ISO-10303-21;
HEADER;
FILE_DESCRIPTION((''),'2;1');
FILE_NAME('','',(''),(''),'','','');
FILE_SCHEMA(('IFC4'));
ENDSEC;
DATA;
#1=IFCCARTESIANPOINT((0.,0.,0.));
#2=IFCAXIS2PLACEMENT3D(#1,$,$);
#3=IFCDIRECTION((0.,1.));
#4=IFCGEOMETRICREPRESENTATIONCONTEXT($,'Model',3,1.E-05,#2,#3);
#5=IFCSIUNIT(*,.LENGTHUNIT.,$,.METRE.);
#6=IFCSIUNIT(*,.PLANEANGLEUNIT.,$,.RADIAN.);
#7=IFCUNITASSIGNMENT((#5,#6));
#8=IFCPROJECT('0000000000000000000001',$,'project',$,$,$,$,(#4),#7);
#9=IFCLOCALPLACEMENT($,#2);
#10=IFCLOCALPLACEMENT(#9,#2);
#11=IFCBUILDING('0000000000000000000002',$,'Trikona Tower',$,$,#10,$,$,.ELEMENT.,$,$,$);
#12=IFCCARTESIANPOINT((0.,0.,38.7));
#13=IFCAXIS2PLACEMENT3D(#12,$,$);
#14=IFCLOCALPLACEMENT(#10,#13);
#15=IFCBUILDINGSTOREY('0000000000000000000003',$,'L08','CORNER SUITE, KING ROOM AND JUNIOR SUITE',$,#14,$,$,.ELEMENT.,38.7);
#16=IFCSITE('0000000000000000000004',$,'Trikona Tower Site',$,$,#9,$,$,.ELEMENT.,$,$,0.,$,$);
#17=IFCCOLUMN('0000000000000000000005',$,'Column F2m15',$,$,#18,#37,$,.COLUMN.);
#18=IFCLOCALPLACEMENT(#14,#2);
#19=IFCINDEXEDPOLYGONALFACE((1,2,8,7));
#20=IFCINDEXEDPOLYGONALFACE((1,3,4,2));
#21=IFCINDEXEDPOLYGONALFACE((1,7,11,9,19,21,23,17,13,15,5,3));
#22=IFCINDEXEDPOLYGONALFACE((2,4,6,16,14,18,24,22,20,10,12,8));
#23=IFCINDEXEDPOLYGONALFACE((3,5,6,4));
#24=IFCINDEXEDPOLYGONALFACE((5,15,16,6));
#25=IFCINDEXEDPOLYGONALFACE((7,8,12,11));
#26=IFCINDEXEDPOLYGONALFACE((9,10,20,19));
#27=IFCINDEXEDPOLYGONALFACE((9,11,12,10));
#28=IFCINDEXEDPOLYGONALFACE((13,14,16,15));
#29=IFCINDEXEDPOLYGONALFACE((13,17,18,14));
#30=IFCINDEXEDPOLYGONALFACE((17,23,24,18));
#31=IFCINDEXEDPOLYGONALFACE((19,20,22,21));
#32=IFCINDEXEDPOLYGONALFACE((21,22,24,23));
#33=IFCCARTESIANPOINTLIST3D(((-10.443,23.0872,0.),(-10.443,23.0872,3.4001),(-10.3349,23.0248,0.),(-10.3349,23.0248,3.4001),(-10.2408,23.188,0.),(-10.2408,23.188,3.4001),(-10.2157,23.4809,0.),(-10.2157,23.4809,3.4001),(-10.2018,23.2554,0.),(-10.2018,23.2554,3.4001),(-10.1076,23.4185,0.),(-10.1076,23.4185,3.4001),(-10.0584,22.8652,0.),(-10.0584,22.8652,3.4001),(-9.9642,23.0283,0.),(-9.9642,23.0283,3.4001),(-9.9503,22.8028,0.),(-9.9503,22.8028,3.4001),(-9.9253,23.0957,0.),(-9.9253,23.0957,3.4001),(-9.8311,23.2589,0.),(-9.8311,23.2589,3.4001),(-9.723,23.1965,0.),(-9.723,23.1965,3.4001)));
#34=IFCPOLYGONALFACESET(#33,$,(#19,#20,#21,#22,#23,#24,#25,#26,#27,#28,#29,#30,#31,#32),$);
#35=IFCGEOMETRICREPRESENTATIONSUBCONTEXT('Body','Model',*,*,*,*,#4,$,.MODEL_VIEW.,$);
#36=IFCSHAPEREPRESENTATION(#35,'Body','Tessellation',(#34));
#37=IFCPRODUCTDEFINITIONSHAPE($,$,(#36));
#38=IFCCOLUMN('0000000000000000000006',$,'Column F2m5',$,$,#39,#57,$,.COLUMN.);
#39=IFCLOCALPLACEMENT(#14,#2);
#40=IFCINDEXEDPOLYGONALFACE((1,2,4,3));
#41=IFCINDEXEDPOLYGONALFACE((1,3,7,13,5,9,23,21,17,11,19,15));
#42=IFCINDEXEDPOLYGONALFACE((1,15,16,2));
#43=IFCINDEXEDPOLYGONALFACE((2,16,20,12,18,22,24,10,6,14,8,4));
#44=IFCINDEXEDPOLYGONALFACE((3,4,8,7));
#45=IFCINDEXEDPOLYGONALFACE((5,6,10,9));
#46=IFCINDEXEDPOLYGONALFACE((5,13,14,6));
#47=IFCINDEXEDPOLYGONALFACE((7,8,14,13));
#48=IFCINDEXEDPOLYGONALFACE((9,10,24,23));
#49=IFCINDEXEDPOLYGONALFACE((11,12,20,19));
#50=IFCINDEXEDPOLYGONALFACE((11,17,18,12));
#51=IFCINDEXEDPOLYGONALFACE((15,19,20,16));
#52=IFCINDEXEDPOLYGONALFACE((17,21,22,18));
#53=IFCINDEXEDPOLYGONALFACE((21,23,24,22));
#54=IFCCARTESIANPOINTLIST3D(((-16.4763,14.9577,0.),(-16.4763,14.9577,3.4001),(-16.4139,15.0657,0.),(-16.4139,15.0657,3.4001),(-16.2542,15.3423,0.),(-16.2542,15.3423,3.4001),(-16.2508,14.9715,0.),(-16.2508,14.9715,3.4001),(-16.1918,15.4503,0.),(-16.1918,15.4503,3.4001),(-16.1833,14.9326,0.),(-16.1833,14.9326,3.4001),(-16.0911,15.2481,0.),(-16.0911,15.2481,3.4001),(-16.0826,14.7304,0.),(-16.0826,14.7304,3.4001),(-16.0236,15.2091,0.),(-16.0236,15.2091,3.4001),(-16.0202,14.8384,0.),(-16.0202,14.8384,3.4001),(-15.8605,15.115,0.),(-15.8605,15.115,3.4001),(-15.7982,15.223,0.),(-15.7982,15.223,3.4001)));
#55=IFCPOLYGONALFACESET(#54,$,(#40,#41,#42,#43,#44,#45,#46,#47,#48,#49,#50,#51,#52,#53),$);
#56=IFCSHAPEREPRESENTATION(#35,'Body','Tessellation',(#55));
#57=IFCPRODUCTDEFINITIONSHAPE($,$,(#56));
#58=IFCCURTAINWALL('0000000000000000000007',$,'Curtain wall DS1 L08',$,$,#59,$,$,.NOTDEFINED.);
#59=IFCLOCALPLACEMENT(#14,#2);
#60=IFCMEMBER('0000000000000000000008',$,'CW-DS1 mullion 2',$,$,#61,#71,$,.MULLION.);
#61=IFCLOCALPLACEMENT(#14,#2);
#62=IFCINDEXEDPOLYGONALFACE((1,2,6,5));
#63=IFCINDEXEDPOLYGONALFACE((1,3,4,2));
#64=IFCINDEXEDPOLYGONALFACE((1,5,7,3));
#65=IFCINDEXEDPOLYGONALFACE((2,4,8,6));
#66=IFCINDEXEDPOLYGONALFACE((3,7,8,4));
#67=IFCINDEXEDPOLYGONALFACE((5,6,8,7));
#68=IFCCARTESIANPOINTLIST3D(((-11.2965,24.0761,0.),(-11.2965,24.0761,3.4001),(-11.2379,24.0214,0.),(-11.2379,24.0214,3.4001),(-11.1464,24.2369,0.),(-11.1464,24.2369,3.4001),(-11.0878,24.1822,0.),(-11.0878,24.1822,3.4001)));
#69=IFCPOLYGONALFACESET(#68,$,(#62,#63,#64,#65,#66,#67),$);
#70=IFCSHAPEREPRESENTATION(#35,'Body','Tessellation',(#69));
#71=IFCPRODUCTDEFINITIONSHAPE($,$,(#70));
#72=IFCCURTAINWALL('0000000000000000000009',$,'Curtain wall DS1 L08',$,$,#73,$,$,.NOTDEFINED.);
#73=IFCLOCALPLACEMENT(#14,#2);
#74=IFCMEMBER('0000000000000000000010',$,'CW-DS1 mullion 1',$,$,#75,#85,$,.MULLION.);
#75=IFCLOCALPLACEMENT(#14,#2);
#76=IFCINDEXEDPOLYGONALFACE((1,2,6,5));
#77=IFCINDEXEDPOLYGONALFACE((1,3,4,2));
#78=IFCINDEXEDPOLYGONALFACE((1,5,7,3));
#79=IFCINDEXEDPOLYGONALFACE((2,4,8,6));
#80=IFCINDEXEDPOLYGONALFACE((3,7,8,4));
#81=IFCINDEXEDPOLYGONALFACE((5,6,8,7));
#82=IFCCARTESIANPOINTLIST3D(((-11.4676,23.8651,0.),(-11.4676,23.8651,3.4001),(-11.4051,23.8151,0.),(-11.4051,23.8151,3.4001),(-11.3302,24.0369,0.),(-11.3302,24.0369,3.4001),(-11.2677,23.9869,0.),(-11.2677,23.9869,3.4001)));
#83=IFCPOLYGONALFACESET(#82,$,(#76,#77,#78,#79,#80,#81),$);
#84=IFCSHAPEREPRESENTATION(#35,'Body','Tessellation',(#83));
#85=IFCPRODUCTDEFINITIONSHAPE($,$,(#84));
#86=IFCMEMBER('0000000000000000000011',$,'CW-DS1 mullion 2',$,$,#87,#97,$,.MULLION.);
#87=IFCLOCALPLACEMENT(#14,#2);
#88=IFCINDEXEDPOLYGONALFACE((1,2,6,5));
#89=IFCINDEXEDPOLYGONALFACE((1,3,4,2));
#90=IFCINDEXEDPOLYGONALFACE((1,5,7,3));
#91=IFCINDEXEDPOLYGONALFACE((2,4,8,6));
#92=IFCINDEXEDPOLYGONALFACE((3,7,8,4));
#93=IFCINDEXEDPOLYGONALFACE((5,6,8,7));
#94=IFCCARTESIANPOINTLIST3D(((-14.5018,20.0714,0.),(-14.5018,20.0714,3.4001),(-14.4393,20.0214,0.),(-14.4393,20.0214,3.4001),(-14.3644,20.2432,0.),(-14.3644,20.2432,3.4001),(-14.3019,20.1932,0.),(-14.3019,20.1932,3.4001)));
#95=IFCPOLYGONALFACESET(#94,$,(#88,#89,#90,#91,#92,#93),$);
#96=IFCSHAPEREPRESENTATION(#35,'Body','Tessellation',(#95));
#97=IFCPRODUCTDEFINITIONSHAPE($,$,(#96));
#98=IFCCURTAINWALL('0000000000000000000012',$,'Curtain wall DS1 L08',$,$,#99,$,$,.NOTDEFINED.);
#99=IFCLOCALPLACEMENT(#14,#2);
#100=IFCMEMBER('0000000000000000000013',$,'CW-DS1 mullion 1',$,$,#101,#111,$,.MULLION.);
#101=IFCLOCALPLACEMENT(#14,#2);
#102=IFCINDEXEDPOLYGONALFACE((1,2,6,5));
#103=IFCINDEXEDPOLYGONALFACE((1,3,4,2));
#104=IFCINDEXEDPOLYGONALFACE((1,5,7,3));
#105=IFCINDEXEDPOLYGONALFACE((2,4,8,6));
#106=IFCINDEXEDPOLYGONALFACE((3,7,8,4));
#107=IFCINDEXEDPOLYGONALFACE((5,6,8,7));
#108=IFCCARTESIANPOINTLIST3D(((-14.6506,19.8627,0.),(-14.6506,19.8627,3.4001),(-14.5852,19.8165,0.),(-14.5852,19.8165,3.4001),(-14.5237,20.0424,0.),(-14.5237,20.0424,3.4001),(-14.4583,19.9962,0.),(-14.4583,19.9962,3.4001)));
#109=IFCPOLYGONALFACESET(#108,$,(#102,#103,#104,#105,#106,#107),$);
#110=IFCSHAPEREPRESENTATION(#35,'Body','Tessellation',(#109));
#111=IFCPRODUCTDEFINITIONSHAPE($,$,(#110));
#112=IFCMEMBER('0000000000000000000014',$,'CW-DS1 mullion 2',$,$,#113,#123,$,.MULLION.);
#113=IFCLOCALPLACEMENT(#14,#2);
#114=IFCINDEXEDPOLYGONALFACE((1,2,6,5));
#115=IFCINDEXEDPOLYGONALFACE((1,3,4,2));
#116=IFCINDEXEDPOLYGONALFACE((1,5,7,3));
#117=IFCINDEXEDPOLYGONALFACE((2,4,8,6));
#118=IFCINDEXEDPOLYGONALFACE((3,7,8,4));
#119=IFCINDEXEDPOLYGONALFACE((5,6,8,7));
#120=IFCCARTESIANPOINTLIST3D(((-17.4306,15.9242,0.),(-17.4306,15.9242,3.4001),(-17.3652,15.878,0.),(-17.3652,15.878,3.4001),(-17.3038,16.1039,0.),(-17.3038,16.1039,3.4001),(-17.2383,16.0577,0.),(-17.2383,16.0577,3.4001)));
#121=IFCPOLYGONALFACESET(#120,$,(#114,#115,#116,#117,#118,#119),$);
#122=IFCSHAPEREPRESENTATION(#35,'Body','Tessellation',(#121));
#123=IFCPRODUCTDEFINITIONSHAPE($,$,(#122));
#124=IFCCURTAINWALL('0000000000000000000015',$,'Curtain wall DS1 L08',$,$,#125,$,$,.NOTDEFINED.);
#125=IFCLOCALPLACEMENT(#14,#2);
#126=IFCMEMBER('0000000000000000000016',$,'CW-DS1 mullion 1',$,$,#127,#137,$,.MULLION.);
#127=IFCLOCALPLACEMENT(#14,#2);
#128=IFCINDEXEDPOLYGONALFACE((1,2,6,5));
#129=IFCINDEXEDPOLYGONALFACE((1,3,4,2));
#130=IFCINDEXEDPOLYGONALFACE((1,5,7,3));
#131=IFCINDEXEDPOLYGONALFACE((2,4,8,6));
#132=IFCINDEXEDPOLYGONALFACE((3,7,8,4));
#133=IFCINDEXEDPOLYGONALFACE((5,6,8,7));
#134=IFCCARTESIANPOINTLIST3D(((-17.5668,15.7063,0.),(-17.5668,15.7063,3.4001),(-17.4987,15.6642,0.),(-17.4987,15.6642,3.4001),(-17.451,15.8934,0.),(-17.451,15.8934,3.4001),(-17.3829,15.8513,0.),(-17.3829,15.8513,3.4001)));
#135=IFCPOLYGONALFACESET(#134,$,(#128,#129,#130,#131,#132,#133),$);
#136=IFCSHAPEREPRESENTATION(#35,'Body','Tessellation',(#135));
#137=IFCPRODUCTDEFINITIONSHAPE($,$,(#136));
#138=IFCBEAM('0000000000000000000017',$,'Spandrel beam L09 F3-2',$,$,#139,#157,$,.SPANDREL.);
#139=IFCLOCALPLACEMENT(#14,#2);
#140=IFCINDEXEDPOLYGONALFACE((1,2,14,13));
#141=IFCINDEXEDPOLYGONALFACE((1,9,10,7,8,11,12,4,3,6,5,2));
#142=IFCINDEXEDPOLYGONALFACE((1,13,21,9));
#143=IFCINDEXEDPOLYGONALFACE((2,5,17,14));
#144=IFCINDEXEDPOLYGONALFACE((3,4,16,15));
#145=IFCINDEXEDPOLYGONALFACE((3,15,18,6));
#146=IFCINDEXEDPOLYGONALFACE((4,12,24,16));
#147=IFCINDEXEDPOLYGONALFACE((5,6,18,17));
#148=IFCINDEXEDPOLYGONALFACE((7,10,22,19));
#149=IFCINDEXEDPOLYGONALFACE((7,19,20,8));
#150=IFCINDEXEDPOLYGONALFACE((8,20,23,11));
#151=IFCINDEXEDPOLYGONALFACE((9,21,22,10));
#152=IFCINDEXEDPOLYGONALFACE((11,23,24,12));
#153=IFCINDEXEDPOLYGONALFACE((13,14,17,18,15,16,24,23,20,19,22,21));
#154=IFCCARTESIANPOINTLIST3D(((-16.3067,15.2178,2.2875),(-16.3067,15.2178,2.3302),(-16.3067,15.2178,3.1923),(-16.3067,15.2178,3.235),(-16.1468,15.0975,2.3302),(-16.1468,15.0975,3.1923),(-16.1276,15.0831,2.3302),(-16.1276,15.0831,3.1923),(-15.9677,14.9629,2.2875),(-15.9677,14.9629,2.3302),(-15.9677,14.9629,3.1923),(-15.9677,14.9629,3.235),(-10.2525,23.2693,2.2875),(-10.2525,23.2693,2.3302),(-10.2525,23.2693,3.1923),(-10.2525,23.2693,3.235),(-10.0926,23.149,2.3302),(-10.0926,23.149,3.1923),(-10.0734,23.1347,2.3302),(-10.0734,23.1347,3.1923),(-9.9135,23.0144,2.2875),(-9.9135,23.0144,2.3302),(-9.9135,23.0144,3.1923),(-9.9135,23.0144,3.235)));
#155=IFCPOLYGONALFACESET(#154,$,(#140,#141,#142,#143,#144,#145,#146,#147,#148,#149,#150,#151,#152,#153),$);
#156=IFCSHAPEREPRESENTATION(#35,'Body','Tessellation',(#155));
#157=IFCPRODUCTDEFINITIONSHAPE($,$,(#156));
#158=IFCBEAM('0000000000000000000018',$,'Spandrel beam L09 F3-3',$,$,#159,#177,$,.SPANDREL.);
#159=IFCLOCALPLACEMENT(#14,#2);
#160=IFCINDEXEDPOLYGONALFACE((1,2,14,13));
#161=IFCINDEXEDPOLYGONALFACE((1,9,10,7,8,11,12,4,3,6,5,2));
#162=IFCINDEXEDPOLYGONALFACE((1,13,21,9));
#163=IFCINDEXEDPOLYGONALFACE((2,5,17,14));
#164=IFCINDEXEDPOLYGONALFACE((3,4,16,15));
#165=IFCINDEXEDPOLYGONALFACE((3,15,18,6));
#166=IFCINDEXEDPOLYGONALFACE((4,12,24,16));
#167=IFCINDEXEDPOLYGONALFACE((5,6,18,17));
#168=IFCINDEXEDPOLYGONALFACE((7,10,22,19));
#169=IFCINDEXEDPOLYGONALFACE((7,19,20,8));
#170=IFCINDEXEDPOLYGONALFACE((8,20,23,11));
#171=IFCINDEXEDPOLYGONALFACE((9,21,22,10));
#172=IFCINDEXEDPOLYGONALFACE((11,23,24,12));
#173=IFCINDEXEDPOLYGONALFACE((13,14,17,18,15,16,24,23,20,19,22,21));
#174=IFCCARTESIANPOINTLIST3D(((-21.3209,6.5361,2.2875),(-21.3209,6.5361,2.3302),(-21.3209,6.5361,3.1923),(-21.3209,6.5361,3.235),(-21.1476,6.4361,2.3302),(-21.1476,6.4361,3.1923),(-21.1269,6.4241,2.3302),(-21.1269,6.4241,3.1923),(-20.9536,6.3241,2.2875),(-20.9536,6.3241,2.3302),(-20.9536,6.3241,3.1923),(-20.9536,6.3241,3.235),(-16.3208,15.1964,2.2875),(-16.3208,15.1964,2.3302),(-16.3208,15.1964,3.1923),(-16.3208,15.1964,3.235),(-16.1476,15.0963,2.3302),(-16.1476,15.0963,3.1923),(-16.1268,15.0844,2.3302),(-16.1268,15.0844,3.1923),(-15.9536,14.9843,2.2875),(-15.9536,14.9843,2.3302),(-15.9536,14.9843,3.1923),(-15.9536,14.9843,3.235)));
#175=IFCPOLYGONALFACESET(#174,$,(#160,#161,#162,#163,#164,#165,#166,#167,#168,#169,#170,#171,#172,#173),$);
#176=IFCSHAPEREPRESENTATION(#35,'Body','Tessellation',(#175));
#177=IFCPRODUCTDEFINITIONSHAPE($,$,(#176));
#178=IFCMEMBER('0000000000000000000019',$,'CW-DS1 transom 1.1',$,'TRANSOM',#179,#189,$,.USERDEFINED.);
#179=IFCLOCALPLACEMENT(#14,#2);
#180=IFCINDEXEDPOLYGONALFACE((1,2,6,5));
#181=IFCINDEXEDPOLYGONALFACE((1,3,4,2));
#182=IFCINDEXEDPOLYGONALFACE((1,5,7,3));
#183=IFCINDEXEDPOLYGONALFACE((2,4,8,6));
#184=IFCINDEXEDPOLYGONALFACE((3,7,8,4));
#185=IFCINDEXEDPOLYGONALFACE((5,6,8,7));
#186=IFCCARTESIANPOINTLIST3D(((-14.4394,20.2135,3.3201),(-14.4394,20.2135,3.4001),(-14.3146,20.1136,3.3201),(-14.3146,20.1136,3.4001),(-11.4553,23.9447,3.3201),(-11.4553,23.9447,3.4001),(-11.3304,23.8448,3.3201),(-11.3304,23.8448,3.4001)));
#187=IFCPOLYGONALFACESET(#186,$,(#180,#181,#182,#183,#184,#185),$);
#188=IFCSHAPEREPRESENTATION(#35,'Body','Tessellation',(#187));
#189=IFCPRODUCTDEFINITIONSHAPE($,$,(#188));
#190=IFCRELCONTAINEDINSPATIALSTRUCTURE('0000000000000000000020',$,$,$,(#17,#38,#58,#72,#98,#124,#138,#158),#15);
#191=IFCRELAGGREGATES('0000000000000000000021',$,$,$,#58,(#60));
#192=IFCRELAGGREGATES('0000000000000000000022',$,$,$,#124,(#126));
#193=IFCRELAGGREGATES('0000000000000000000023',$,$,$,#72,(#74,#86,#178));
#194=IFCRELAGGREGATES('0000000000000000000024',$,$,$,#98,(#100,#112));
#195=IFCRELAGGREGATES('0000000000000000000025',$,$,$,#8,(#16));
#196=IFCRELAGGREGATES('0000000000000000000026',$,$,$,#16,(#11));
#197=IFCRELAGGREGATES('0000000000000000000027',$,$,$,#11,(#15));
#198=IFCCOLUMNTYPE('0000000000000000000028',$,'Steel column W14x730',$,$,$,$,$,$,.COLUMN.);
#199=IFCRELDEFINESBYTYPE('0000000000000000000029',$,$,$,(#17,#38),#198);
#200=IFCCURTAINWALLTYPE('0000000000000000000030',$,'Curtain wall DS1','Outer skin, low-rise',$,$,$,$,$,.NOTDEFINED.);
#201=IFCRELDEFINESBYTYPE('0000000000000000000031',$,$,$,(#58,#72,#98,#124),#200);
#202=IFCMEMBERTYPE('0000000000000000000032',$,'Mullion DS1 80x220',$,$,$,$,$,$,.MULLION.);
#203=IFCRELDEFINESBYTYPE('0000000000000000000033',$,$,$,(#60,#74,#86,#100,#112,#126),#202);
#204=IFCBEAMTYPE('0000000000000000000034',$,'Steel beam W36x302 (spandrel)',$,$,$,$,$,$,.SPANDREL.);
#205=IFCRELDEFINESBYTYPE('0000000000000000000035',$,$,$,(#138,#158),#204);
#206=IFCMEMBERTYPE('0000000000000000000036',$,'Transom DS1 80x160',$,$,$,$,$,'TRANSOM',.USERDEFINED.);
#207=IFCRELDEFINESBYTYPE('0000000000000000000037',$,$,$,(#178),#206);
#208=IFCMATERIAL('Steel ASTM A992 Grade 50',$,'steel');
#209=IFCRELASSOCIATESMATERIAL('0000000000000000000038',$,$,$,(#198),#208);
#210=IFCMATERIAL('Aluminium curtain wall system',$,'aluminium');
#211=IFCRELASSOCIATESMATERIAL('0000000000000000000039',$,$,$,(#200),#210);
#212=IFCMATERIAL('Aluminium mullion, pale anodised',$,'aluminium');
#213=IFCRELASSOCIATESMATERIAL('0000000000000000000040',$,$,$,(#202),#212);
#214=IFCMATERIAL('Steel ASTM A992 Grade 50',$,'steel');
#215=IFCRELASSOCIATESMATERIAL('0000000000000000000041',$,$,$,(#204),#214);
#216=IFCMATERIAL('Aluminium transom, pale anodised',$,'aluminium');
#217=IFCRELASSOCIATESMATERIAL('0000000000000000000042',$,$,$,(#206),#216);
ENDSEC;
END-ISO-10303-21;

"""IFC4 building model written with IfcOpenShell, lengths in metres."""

from ifc_helpers import new_model, si_unit, direction, frame, origin, origin_2d, place, context, subcontext, project, spatial, rectangle, i_section, extrude, material, material_profile, profile_set, type_object, element, aggregate, save


model = new_model("IFC4")

# Units and contexts
model_context = context("Model", 3, precision=1e-05, world=origin(), true_north=direction((0.0, 1.0)))
body_context = subcontext(model_context, "Body", "Model", "MODEL_VIEW")
ifc_project = project(units=[si_unit("LENGTHUNIT", "METRE"), si_unit("PLANEANGLEUNIT", "RADIAN")], contexts=[model_context])

# Site, building, storey
site_placement = place(None, origin())
site = spatial("IfcSite", under=ifc_project, at=site_placement, Name="Trikona Tower Site", CompositionType="ELEMENT", RefElevation=0.0)
building_placement = place(site_placement, origin())
building = spatial("IfcBuilding", under=site, at=building_placement, Name="Trikona Tower", CompositionType="ELEMENT")
storey_placement = place(building_placement, frame((0.0, 0.0, 38.7)))
storey = spatial("IfcBuildingStorey", under=building, at=storey_placement, Name="L08", Description="CORNER SUITE, KING ROOM AND JUNIOR SUITE", CompositionType="ELEMENT", Elevation=38.7)

# Columns
ifc_material_1 = material(Name="Steel ASTM A992 Grade 50", Category="steel")
ifc_material_profile_1 = material_profile(ifc_material_1, i_section(OverallWidth=0.4546, OverallDepth=0.5688, WebThickness=0.0779, FlangeThickness=0.1248, at=origin_2d()), Name="W14X730")
ifc_profile_set_1 = profile_set([ifc_material_profile_1], Name="Steel ASTM A992 Grade 50")
column_type = type_object("IfcColumnType", Name="Steel column W14x730", PredefinedType="COLUMN", material=ifc_profile_set_1)
for number, where, z_axis, x_axis, name in (
    (1, (-10.083, 23.1418, 0.0), (0.0, 0.0, 1.0), (-0.5, -0.866025, 0.0), "Column F2m15"),
    (2, (-16.1372, 15.0903, 0.0), (0.0, 0.0, 1.0), (-0.866025, 0.5, 0.0), "Column F2m5"),
):
    element("IfcColumn", number, at=place(storey_placement, frame(where, z_axis=z_axis, x_axis=x_axis)), inside=storey, type_object=column_type, Name=name, PredefinedType="COLUMN", context=body_context, shape_type="SweptSolid", body=[
        extrude(i_section(OverallWidth=0.4546, OverallDepth=0.5688, WebThickness=0.0779, FlangeThickness=0.1248, at=origin_2d()), origin(), (0.0, 0.0, 1.0), 3.4001),
    ])

# Curtain wall, member
ifc_material_2 = material(Name="Aluminium curtain wall system", Category="aluminium")
curtain_wall_type = type_object("IfcCurtainWallType", Name="Curtain wall DS1", Description="Outer skin, low-rise", PredefinedType="NOTDEFINED", material=ifc_material_2)
curtain_wall_1_placement = place(storey_placement, origin())
curtain_wall_1 = element("IfcCurtainWall", 3, at=curtain_wall_1_placement, inside=storey, type_object=curtain_wall_type, Name="Curtain wall DS1 L08", PredefinedType="NOTDEFINED")
ifc_material_3 = material(Name="Aluminium mullion, pale anodised", Category="aluminium")
ifc_material_profile_2 = material_profile(ifc_material_3, rectangle(XDim=0.0801, YDim=0.22, at=origin_2d()), Name="MUL-DS1")
ifc_profile_set_2 = profile_set([ifc_material_profile_2], Name="Aluminium mullion, pale anodised")
member_type_1 = type_object("IfcMemberType", Name="Mullion DS1 80x220", PredefinedType="MULLION", material=ifc_profile_set_2)
member_1_placement = place(storey_placement, frame((-11.1921, 24.1292, 0.0), z_axis=(0.0, 0.0, 1.0), x_axis=(0.731077, -0.682295, 0.0)))
member_1 = element("IfcMember", 4, at=member_1_placement, type_object=member_type_1, Name="CW-DS1 mullion 2", PredefinedType="MULLION", context=body_context, shape_type="SweptSolid", body=[
    extrude(rectangle(XDim=0.0801, YDim=0.22, at=origin_2d()), origin(), (0.0, 0.0, 1.0), 3.4001),
])
aggregate(curtain_wall_1, [member_1])

# Curtain walls, members
curtain_wall_2_placement = place(storey_placement, origin())
curtain_wall_2 = element("IfcCurtainWall", 5, at=curtain_wall_2_placement, inside=storey, type_object=curtain_wall_type, Name="Curtain wall DS1 L08", PredefinedType="NOTDEFINED")
member_2_placement = place(storey_placement, frame((-11.3677, 23.926, 0.0), z_axis=(0.0, 0.0, 1.0), x_axis=(0.780938, -0.624609, 0.0)))
member_2 = element("IfcMember", 6, at=member_2_placement, type_object=member_type_1, Name="CW-DS1 mullion 1", PredefinedType="MULLION", context=body_context, shape_type="SweptSolid", body=[
    extrude(rectangle(XDim=0.0801, YDim=0.22, at=origin_2d()), origin(), (0.0, 0.0, 1.0), 3.4001),
])
member_3_placement = place(storey_placement, frame((-14.4019, 20.1323, 0.0), z_axis=(0.0, 0.0, 1.0), x_axis=(0.780938, -0.624609, 0.0)))
member_3 = element("IfcMember", 7, at=member_3_placement, type_object=member_type_1, Name="CW-DS1 mullion 2", PredefinedType="MULLION", context=body_context, shape_type="SweptSolid", body=[
    extrude(rectangle(XDim=0.0801, YDim=0.22, at=origin_2d()), origin(), (0.0, 0.0, 1.0), 3.4001),
])
curtain_wall_3_placement = place(storey_placement, origin())
curtain_wall_3 = element("IfcCurtainWall", 8, at=curtain_wall_3_placement, inside=storey, type_object=curtain_wall_type, Name="Curtain wall DS1 L08", PredefinedType="NOTDEFINED")
member_4_placement = place(storey_placement, frame((-14.5544, 19.9294, 0.0), z_axis=(0.0, 0.0, 1.0), x_axis=(0.816985, -0.576658, 0.0)))
member_4 = element("IfcMember", 9, at=member_4_placement, type_object=member_type_1, Name="CW-DS1 mullion 1", PredefinedType="MULLION", context=body_context, shape_type="SweptSolid", body=[
    extrude(rectangle(XDim=0.0801, YDim=0.22, at=origin_2d()), origin(), (0.0, 0.0, 1.0), 3.4001),
])
member_5_placement = place(storey_placement, frame((-17.3345, 15.991, 0.0), z_axis=(0.0, 0.0, 1.0), x_axis=(0.816985, -0.576658, 0.0)))
member_5 = element("IfcMember", 10, at=member_5_placement, type_object=member_type_1, Name="CW-DS1 mullion 2", PredefinedType="MULLION", context=body_context, shape_type="SweptSolid", body=[
    extrude(rectangle(XDim=0.0801, YDim=0.22, at=origin_2d()), origin(), (0.0, 0.0, 1.0), 3.4001),
])

# Curtain wall, member
curtain_wall_4_placement = place(storey_placement, origin())
curtain_wall_4 = element("IfcCurtainWall", 11, at=curtain_wall_4_placement, inside=storey, type_object=curtain_wall_type, Name="Curtain wall DS1 L08", PredefinedType="NOTDEFINED")
member_6_placement = place(storey_placement, frame((-17.4749, 15.7788, 0.0), z_axis=(0.0, 0.0, 1.0), x_axis=(0.85041, -0.52612, 0.0)))
member_6 = element("IfcMember", 12, at=member_6_placement, type_object=member_type_1, Name="CW-DS1 mullion 1", PredefinedType="MULLION", context=body_context, shape_type="SweptSolid", body=[
    extrude(rectangle(XDim=0.0801, YDim=0.22, at=origin_2d()), origin(), (0.0, 0.0, 1.0), 3.4001),
])

# Beams
ifc_material_4 = material(Name="Steel ASTM A992 Grade 50", Category="steel")
ifc_material_profile_3 = material_profile(ifc_material_4, i_section(OverallWidth=0.4241, OverallDepth=0.9475, WebThickness=0.0239, FlangeThickness=0.0427, at=origin_2d()), Name="W36X302")
ifc_profile_set_3 = profile_set([ifc_material_profile_3], Name="Steel ASTM A992 Grade 50")
beam_type = type_object("IfcBeamType", Name="Steel beam W36x302 (spandrel)", PredefinedType="SPANDREL", material=ifc_profile_set_3)
beam_1_placement = place(storey_placement, frame((-10.083, 23.1418, 2.7612), z_axis=(-0.600988, -0.799258, 0.0), x_axis=(0.799258, -0.600988, 0.0)))
element("IfcBeam", 13, at=beam_1_placement, inside=storey, type_object=beam_type, Name="Spandrel beam L09 F3-2", PredefinedType="SPANDREL", context=body_context, shape_type="SweptSolid", body=[
    extrude(i_section(OverallWidth=0.4241, OverallDepth=0.9475, WebThickness=0.0239, FlangeThickness=0.0427, at=origin_2d()), origin(), (0.0, 0.0, 1.0), 10.0737),
])
beam_2_placement = place(storey_placement, frame((-16.1372, 15.0903, 2.7612), z_axis=(-0.500004, -0.866023, 0.0), x_axis=(0.866023, -0.500004, 0.0)))
element("IfcBeam", 14, at=beam_2_placement, inside=storey, type_object=beam_type, Name="Spandrel beam L09 F3-3", PredefinedType="SPANDREL", context=body_context, shape_type="SweptSolid", body=[
    extrude(i_section(OverallWidth=0.4241, OverallDepth=0.9475, WebThickness=0.0239, FlangeThickness=0.0427, at=origin_2d()), origin(), (0.0, 0.0, 1.0), 10.0),
])

# Member
ifc_material_5 = material(Name="Aluminium transom, pale anodised", Category="aluminium")
ifc_material_profile_4 = material_profile(ifc_material_5, rectangle(XDim=0.1599, YDim=0.0801, at=origin_2d()), Name="TRN-DS1")
ifc_profile_set_4 = profile_set([ifc_material_profile_4], Name="Aluminium transom, pale anodised")
member_type_2 = type_object("IfcMemberType", Name="Transom DS1 80x160", ElementType="TRANSOM", PredefinedType="USERDEFINED", material=ifc_profile_set_4)
member_7_placement = place(storey_placement, frame((-11.3928, 23.8948, 3.3601), z_axis=(-0.624589, -0.780954, 0.0), x_axis=(0.780954, -0.624589, 0.0)))
member_7 = element("IfcMember", 15, at=member_7_placement, type_object=member_type_2, Name="CW-DS1 transom 1.1", ObjectType="TRANSOM", PredefinedType="USERDEFINED", context=body_context, shape_type="SweptSolid", body=[
    extrude(rectangle(XDim=0.1599, YDim=0.0801, at=origin_2d()), origin(), (0.0, 0.0, 1.0), 4.7778),
])
aggregate(curtain_wall_4, [member_6])

aggregate(curtain_wall_2, [member_2, member_3, member_7])
aggregate(curtain_wall_3, [member_4, member_5])

save(model, "model.ifc")
